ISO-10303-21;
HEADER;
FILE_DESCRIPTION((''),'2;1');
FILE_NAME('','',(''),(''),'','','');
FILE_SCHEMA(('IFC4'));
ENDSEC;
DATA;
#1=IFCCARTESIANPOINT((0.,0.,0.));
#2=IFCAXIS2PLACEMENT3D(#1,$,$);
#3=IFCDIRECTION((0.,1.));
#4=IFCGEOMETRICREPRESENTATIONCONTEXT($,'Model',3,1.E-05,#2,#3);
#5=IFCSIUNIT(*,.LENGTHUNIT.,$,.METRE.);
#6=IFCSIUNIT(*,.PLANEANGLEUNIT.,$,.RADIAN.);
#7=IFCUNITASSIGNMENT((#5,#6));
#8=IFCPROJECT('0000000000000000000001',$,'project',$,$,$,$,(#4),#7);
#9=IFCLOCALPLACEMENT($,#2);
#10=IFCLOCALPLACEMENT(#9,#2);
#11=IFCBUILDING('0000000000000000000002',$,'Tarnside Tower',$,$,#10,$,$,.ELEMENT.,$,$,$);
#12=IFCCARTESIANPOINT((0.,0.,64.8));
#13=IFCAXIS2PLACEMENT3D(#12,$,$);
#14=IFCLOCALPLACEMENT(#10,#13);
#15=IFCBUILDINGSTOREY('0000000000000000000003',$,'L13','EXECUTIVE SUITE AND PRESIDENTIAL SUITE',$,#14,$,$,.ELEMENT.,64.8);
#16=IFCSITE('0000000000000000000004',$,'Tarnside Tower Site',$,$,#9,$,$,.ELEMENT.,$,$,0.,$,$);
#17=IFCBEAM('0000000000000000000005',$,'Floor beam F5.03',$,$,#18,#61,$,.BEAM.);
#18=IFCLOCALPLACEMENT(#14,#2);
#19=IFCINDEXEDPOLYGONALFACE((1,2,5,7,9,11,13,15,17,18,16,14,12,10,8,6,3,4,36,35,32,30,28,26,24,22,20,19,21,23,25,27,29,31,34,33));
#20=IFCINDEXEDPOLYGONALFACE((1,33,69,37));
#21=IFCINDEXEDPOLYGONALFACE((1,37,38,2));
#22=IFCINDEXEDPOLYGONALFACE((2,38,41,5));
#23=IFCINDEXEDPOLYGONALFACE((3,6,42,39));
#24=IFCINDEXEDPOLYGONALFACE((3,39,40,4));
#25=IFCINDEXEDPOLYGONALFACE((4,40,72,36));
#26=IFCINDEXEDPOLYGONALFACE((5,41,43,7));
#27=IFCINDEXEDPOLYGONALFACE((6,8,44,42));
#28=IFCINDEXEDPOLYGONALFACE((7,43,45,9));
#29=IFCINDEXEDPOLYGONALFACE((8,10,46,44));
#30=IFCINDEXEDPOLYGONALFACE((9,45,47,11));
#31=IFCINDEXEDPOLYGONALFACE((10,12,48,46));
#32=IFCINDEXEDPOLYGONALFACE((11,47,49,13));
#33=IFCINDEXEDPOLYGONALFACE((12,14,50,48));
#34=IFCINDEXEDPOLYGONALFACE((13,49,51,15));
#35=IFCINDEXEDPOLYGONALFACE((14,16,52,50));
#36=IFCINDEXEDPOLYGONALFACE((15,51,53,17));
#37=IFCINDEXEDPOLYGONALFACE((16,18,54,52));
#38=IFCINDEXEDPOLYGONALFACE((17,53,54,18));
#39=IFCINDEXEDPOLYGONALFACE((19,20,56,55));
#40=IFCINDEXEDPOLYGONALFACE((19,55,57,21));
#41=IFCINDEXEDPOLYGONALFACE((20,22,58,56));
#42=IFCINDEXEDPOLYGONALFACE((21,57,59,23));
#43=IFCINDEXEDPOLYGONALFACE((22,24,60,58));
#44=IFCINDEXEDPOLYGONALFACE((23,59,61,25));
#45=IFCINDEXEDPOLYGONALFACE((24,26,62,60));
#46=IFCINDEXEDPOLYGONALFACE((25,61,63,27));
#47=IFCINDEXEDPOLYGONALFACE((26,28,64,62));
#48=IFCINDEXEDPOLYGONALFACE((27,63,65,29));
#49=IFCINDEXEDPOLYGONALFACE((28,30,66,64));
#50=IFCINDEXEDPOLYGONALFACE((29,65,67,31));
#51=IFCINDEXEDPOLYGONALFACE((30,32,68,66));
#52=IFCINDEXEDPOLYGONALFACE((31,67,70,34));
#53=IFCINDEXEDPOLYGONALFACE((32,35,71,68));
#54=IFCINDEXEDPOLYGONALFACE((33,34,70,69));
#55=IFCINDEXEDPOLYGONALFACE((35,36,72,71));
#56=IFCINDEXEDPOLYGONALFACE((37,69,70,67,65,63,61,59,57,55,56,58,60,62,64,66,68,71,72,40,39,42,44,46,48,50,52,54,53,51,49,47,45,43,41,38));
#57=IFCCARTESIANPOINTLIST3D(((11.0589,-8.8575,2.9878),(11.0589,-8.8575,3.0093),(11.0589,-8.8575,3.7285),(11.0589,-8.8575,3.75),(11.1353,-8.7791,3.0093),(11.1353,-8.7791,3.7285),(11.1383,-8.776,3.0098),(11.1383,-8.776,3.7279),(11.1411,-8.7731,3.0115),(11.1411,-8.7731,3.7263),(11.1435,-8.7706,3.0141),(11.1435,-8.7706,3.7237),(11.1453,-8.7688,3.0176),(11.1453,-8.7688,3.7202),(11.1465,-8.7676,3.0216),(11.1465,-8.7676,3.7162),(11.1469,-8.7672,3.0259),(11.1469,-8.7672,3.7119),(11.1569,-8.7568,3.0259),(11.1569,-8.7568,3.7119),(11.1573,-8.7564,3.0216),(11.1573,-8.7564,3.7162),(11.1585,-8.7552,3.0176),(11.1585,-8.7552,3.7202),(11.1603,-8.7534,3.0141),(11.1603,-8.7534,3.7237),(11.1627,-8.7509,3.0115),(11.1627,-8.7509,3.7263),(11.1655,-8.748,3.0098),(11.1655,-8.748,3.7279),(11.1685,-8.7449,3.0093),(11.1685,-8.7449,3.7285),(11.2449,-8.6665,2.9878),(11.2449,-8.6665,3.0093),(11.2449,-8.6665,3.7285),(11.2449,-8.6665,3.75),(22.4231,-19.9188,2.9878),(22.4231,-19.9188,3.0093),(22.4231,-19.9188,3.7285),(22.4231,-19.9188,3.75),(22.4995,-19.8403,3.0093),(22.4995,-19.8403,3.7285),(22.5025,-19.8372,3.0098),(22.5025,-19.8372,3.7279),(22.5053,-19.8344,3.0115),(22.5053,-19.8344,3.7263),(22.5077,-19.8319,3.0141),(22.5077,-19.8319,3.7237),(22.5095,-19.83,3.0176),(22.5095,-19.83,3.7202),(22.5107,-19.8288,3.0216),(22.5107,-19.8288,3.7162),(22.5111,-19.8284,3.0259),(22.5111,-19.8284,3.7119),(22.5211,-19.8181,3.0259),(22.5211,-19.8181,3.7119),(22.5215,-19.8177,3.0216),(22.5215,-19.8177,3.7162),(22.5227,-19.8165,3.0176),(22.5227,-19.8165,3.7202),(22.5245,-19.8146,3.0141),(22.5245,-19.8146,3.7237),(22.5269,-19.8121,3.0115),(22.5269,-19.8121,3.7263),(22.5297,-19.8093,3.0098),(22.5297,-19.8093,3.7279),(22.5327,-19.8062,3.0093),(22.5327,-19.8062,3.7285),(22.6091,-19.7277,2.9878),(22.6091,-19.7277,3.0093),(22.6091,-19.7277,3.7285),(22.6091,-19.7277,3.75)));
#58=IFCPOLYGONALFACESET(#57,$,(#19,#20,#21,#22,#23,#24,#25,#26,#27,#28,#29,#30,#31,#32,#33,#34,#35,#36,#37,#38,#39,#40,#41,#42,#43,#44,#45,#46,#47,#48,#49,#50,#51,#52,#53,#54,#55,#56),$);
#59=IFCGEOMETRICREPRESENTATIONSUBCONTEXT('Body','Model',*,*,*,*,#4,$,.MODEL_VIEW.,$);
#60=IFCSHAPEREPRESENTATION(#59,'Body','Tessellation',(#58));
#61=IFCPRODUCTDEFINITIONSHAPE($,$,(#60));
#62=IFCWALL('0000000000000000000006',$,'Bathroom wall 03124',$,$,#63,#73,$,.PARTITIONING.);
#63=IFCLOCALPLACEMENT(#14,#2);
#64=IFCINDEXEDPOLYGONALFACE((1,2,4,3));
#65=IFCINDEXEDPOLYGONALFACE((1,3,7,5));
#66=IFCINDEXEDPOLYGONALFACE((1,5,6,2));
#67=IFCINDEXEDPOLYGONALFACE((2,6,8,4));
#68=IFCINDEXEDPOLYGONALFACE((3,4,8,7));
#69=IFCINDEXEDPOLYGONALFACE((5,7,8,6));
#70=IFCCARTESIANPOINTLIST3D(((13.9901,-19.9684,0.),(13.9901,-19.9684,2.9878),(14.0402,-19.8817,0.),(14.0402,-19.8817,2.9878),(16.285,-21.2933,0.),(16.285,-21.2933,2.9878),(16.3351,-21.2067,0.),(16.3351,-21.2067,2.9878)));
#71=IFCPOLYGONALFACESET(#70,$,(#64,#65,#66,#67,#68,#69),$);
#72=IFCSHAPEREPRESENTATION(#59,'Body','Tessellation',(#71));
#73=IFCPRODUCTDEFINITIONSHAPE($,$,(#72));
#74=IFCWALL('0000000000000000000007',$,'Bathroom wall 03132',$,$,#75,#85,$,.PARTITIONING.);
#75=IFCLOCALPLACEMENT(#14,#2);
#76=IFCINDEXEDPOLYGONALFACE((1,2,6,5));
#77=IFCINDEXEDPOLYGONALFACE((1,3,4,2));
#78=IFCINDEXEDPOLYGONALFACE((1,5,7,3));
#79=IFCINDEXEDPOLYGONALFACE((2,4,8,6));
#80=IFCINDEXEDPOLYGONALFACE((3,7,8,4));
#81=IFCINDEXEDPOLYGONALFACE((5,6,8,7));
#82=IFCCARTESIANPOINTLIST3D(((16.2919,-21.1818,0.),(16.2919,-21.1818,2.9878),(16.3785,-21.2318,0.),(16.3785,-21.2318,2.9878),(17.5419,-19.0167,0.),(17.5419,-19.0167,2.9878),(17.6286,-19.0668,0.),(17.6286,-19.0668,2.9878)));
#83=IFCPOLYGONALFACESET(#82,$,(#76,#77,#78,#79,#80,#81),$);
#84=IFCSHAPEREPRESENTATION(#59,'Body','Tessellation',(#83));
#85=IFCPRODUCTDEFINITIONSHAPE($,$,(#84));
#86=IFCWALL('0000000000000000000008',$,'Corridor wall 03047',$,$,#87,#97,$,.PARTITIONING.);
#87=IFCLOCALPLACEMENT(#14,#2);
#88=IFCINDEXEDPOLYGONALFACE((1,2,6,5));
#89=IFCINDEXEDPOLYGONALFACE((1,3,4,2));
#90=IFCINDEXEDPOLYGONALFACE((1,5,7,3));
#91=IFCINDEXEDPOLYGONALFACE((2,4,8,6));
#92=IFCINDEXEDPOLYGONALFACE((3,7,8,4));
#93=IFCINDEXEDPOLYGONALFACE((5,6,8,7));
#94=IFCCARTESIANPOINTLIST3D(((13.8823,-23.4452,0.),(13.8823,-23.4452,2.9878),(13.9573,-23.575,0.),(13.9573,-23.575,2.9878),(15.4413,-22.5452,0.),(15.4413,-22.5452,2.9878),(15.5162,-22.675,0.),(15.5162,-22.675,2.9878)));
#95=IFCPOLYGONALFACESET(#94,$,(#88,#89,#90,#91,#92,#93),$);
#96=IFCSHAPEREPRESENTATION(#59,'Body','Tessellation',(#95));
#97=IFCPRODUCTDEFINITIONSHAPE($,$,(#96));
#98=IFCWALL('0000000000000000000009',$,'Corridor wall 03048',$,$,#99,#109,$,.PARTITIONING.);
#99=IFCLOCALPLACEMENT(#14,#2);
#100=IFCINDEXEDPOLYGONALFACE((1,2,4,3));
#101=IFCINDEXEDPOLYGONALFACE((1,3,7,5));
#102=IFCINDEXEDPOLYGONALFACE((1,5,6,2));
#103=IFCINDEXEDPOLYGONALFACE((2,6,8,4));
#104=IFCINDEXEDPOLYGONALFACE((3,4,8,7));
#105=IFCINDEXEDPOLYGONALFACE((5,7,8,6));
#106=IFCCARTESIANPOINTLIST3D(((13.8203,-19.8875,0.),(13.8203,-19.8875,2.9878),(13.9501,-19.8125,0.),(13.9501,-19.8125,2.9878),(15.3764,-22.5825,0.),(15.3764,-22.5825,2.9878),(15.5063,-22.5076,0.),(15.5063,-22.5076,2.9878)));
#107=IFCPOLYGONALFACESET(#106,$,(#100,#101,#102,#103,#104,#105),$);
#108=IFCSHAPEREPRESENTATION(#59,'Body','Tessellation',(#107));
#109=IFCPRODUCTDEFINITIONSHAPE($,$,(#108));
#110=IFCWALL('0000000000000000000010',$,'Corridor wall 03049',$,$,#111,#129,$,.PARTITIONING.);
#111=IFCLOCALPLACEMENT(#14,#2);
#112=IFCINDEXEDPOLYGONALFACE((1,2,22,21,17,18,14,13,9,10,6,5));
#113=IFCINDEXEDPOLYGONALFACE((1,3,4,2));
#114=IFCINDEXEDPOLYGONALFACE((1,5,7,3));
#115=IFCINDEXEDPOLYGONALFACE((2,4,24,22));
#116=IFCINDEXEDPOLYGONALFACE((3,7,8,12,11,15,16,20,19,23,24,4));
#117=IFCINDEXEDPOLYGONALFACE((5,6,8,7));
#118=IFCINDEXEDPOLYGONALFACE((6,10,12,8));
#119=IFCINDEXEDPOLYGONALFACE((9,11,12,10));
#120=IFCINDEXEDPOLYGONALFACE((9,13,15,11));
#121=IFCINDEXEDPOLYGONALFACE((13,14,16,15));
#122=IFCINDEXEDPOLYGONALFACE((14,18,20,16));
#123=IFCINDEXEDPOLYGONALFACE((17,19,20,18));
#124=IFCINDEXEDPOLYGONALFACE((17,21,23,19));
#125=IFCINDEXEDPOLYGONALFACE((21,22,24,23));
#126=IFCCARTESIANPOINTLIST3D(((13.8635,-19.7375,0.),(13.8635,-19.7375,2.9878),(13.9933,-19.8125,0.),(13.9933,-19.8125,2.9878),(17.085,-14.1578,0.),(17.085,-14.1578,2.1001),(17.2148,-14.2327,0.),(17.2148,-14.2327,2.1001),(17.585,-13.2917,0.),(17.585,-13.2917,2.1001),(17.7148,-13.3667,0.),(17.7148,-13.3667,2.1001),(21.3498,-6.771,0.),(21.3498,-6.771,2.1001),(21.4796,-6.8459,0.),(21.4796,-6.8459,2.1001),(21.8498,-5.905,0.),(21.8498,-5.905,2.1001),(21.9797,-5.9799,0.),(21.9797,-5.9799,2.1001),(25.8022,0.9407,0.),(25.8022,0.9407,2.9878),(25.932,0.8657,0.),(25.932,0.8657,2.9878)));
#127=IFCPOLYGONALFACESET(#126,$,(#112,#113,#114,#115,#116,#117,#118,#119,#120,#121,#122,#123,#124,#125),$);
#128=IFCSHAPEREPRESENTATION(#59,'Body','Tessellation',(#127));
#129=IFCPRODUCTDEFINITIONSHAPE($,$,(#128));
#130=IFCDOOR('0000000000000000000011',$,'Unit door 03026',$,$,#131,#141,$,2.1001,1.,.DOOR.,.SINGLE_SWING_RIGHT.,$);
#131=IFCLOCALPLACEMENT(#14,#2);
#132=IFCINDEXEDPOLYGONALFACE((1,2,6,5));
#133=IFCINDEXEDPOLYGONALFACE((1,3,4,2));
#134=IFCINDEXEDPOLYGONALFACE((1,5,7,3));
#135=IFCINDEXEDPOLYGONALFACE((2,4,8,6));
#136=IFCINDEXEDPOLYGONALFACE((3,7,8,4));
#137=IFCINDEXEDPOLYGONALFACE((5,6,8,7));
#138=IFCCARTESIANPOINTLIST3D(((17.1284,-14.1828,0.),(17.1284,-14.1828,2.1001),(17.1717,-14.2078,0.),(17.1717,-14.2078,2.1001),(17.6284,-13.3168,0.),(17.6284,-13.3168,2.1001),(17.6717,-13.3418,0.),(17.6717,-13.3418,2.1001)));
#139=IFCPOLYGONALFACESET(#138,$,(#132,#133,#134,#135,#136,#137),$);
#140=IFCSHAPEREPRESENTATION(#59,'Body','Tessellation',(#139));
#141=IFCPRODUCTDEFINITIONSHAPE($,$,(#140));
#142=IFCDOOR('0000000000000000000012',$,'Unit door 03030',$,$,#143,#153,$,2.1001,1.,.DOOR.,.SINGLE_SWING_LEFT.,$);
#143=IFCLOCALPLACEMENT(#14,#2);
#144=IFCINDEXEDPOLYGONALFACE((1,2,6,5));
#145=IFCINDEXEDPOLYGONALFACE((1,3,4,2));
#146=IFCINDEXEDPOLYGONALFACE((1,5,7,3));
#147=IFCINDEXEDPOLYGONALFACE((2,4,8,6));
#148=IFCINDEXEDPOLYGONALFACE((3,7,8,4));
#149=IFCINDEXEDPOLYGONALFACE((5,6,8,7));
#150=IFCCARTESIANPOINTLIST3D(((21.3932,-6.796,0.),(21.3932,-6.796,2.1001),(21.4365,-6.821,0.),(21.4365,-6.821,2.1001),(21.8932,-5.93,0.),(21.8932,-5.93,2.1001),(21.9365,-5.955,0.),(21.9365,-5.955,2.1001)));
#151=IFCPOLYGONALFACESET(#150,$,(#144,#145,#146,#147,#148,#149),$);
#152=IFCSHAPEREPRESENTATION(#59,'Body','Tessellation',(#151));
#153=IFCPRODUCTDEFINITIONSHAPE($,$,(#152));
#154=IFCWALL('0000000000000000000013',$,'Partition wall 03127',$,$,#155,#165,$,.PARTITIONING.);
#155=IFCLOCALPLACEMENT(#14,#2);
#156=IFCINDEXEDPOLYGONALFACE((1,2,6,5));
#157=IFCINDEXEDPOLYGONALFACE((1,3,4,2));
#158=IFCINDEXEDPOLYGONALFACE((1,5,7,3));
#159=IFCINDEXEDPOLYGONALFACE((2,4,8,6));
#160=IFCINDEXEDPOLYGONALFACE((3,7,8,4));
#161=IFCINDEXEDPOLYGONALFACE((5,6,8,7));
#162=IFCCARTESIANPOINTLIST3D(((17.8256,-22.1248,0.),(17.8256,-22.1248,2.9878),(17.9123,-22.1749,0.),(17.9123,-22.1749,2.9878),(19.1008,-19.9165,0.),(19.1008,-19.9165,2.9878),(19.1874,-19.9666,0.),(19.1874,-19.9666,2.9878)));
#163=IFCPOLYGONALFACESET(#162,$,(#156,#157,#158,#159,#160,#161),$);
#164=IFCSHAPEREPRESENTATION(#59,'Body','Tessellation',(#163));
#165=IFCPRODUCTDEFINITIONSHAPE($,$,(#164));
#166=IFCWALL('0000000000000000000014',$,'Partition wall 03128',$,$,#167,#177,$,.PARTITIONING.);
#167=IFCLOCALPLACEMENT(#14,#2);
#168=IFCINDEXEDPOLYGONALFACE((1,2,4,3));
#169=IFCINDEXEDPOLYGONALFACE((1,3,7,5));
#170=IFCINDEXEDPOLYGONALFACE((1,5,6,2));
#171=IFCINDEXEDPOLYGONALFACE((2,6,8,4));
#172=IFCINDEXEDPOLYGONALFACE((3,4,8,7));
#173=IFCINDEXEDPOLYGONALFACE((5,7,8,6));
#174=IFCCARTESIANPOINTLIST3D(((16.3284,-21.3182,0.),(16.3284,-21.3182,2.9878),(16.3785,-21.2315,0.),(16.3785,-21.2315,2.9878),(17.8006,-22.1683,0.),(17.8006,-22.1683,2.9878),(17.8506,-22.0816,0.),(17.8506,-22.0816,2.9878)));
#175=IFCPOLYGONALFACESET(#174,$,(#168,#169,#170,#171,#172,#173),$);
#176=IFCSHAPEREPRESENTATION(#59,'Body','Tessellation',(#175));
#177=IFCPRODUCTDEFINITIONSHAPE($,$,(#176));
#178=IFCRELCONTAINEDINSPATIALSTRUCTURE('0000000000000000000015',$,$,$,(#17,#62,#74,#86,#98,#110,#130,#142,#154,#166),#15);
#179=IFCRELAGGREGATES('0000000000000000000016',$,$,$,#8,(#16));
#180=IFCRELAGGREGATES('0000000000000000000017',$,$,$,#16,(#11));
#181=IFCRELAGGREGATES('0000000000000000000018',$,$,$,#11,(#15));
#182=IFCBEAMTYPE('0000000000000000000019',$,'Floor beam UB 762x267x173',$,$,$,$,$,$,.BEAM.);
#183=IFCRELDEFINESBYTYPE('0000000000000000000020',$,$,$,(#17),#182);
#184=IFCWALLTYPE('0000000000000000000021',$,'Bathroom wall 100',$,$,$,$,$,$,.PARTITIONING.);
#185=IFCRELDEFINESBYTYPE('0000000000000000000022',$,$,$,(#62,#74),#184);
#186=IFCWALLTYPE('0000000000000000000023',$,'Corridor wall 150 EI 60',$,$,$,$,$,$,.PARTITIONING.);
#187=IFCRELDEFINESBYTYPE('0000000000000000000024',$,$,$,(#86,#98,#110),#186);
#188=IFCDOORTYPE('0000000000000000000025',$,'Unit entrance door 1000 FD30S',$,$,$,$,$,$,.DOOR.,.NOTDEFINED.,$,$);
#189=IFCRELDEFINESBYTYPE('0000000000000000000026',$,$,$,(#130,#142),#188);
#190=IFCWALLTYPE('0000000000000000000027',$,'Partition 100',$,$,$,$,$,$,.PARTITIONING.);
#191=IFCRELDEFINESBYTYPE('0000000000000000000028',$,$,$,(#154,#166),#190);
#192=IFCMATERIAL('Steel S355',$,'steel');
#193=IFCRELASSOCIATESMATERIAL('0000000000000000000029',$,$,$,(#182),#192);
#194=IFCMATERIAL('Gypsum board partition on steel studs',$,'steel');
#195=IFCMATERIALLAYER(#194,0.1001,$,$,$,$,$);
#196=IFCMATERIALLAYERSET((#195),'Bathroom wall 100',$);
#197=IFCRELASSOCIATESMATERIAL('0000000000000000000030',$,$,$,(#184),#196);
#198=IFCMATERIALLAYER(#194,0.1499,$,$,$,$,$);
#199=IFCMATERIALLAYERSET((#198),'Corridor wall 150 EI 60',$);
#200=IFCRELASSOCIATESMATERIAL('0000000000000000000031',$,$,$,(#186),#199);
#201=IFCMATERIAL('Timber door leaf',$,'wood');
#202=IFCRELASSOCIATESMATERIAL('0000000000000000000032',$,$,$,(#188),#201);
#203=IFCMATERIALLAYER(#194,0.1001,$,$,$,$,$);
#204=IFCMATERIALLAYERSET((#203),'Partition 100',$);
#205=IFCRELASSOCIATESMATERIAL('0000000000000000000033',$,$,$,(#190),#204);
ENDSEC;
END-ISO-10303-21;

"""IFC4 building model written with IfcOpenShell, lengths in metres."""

from ifc_helpers import new_model, si_unit, direction, frame, frame_2d, origin, origin_2d, place, context, subcontext, project, spatial, rectangle, i_section, extrude, material, layer, layer_set, material_profile, profile_set, type_object, element, fill, save


model = new_model("IFC4")

# Units and contexts
model_context = context("Model", 3, precision=1e-05, world=origin(), true_north=direction((0.0, 1.0)))
body_context = subcontext(model_context, "Body", "Model", "MODEL_VIEW")
ifc_project = project(units=[si_unit("LENGTHUNIT", "METRE"), si_unit("PLANEANGLEUNIT", "RADIAN")], contexts=[model_context])

# Site, building, storey
site_placement = place(None, origin())
site = spatial("IfcSite", under=ifc_project, at=site_placement, Name="Tarnside Tower Site", CompositionType="ELEMENT", RefElevation=0.0)
building_placement = place(site_placement, origin())
building = spatial("IfcBuilding", under=site, at=building_placement, Name="Tarnside Tower", CompositionType="ELEMENT")
storey_placement = place(building_placement, frame((0.0, 0.0, 64.8)))
storey = spatial("IfcBuildingStorey", under=building, at=storey_placement, Name="L13", Description="EXECUTIVE SUITE AND PRESIDENTIAL SUITE", CompositionType="ELEMENT", Elevation=64.8)

# Beam
ifc_material_1 = material(Name="Steel S355", Category="steel")
ifc_material_profile = material_profile(ifc_material_1, i_section(OverallWidth=0.2666, OverallDepth=0.7622, WebThickness=0.0144, FlangeThickness=0.0215, FilletRadius=0.0166, at=origin_2d()), Name="UB 762x267x173")
ifc_profile_set = profile_set([ifc_material_profile], Name="Steel S355")
beam_type = type_object("IfcBeamType", Name="Floor beam UB 762x267x173", PredefinedType="BEAM", material=ifc_profile_set)
beam_1_placement = place(storey_placement, frame((22.5161, -19.8232, 3.3689), z_axis=(-0.716595, 0.69749, 0.0), x_axis=(-0.69749, -0.716595, 0.0)))
element("IfcBeam", 1, at=beam_1_placement, inside=storey, type_object=beam_type, Name="Floor beam F5.03", PredefinedType="BEAM", context=body_context, shape_type="SweptSolid", body=[
    extrude(i_section(OverallWidth=0.2666, OverallDepth=0.7622, WebThickness=0.0144, FlangeThickness=0.0215, FilletRadius=0.0166, at=origin_2d()), origin(), (0.0, 0.0, 1.0), 15.8586),
])

# Walls
ifc_material_2 = material(Name="Gypsum board partition on steel studs", Category="steel")
ifc_layer_1 = layer(ifc_material_2, 0.1001)
ifc_layer_set_1 = layer_set([ifc_layer_1], Name="Bathroom wall 100")
wall_type_1 = type_object("IfcWallType", Name="Bathroom wall 100", PredefinedType="PARTITIONING", material=ifc_layer_set_1)
wall_1_placement = place(storey_placement, frame((16.3101, -21.25, 0.0), z_axis=(0.0, 0.0, 1.0), x_axis=(-0.866029, 0.499994, 0.0)))
element("IfcWall", 2, at=wall_1_placement, inside=storey, type_object=wall_type_1, Name="Bathroom wall 03124", PredefinedType="PARTITIONING", context=body_context, shape_type="SweptSolid", body=[
    extrude(rectangle(XDim=2.6499, YDim=0.1001, at=frame_2d((1.325, 0.0))), origin(), (0.0, 0.0, 1.0), 2.9878),
])
wall_2_placement = place(storey_placement, frame((16.3352, -21.2068, 0.0), z_axis=(0.0, 0.0, 1.0), x_axis=(0.500004, 0.866023, 0.0)))
element("IfcWall", 3, at=wall_2_placement, inside=storey, type_object=wall_type_1, Name="Bathroom wall 03132", PredefinedType="PARTITIONING", context=body_context, shape_type="SweptSolid", body=[
    extrude(rectangle(XDim=2.5, YDim=0.1001, at=frame_2d((1.25, 0.0))), origin(), (0.0, 0.0, 1.0), 2.9878),
])
ifc_layer_2 = layer(ifc_material_2, 0.1499)
ifc_layer_set_2 = layer_set([ifc_layer_2], Name="Corridor wall 150 EI 60")
wall_type_2 = type_object("IfcWallType", Name="Corridor wall 150 EI 60", PredefinedType="PARTITIONING", material=ifc_layer_set_2)
wall_3_placement = place(storey_placement, frame((13.9199, -23.51, 0.0), z_axis=(0.0, 0.0, 1.0), x_axis=(0.866048, 0.499961, 0.0)))
element("IfcWall", 4, at=wall_3_placement, inside=storey, type_object=wall_type_2, Name="Corridor wall 03047", PredefinedType="PARTITIONING", context=body_context, shape_type="SweptSolid", body=[
    extrude(rectangle(XDim=1.8, YDim=0.1499, at=frame_2d((0.8999, 0.0))), origin(), (0.0, 0.0, 1.0), 2.9878),
])
wall_4_placement = place(storey_placement, frame((15.4414, -22.5452, 0.0), z_axis=(0.0, 0.0, 1.0), x_axis=(-0.500037, 0.866004, 0.0)))
element("IfcWall", 5, at=wall_4_placement, inside=storey, type_object=wall_type_2, Name="Corridor wall 03048", PredefinedType="PARTITIONING", context=body_context, shape_type="SweptSolid", body=[
    extrude(rectangle(XDim=3.1121, YDim=0.1499, at=frame_2d((1.5562, 0.0))), origin(), (0.0, 0.0, 1.0), 2.9878),
])

# Wall, openings, doors
wall_5_placement = place(storey_placement, frame((13.9285, -19.7749, 0.0), z_axis=(0.0, 0.0, 1.0), x_axis=(0.500005, 0.866023, 0.0)))
wall_5 = element("IfcWall", 6, at=wall_5_placement, inside=storey, type_object=wall_type_2, Name="Corridor wall 03049", PredefinedType="PARTITIONING", context=body_context, shape_type="SweptSolid", body=[
    extrude(rectangle(XDim=23.8772, YDim=0.1499, at=frame_2d((11.9385, 0.0))), origin(), (0.0, 0.0, 1.0), 2.9878),
])
opening_1_placement = place(wall_5_placement, frame((6.4429, 0.0, 0.0)))
opening_1 = element("IfcOpeningElement", 7, at=opening_1_placement, cuts=wall_5, PredefinedType="OPENING", context=body_context, shape_type="SweptSolid", body=[
    extrude(rectangle(XDim=1.0, YDim=2.1001, at=frame_2d((0.5, 1.05))), frame((0.0, 0.085, 0.0), z_axis=(0.0, -1.0, 0.0), x_axis=(1.0, 0.0, 0.0)), (0.0, 0.0, 1.0), 0.1699),
])
opening_2_placement = place(wall_5_placement, frame((14.9724, 0.0, 0.0)))
opening_2 = element("IfcOpeningElement", 8, at=opening_2_placement, cuts=wall_5, PredefinedType="OPENING", context=body_context, shape_type="SweptSolid", body=[
    extrude(rectangle(XDim=1.0, YDim=2.1001, at=frame_2d((0.5, 1.05))), frame((0.0, 0.085, 0.0), z_axis=(0.0, -1.0, 0.0), x_axis=(1.0, 0.0, 0.0)), (0.0, 0.0, 1.0), 0.1699),
])
ifc_material_3 = material(Name="Timber door leaf", Category="wood")
door_type = type_object("IfcDoorType", Name="Unit entrance door 1000 FD30S", OperationType="NOTDEFINED", PredefinedType="DOOR", material=ifc_material_3)
door_1_placement = place(opening_1_placement, origin())
door_1 = element("IfcDoor", 9, at=door_1_placement, inside=storey, type_object=door_type, Name="Unit door 03026", OperationType="SINGLE_SWING_RIGHT", OverallHeight=2.1001, OverallWidth=1.0, PredefinedType="DOOR", context=body_context, shape_type="SweptSolid", body=[
    extrude(rectangle(XDim=1.0, YDim=2.1001, at=frame_2d((0.5, 1.05))), frame((0.0, 0.0249, 0.0), z_axis=(0.0, -1.0, 0.0), x_axis=(1.0, 0.0, 0.0)), (0.0, 0.0, 1.0), 0.05),
])
fill(opening_1, door_1)
door_2_placement = place(opening_2_placement, origin())
door_2 = element("IfcDoor", 10, at=door_2_placement, inside=storey, type_object=door_type, Name="Unit door 03030", OperationType="SINGLE_SWING_LEFT", OverallHeight=2.1001, OverallWidth=1.0, PredefinedType="DOOR", context=body_context, shape_type="SweptSolid", body=[
    extrude(rectangle(XDim=1.0, YDim=2.1001, at=frame_2d((0.5, 1.05))), frame((0.0, 0.0249, 0.0), z_axis=(0.0, -1.0, 0.0), x_axis=(1.0, 0.0, 0.0)), (0.0, 0.0, 1.0), 0.05),
])
fill(opening_2, door_2)

# Walls
ifc_layer_3 = layer(ifc_material_2, 0.1001)
ifc_layer_set_3 = layer_set([ifc_layer_3], Name="Partition 100")
wall_type_3 = type_object("IfcWallType", Name="Partition 100", PredefinedType="PARTITIONING", material=ifc_layer_set_3)
wall_6_placement = place(storey_placement, frame((19.144, -19.9417, 0.0), z_axis=(0.0, 0.0, 1.0), x_axis=(-0.500062, -0.865989, 0.0)))
element("IfcWall", 11, at=wall_6_placement, inside=storey, type_object=wall_type_3, Name="Partition wall 03127", PredefinedType="PARTITIONING", context=body_context, shape_type="SweptSolid", body=[
    extrude(rectangle(XDim=2.55, YDim=0.1001, at=frame_2d((1.2749, 0.0))), origin(), (0.0, 0.0, 1.0), 2.9878),
])
wall_7_placement = place(storey_placement, frame((17.8257, -22.125, 0.0), z_axis=(0.0, 0.0, 1.0), x_axis=(-0.865989, 0.500062, 0.0)))
element("IfcWall", 12, at=wall_7_placement, inside=storey, type_object=wall_type_3, Name="Partition wall 03128", PredefinedType="PARTITIONING", context=body_context, shape_type="SweptSolid", body=[
    extrude(rectangle(XDim=1.7, YDim=0.1001, at=frame_2d((0.8501, 0.0))), origin(), (0.0, 0.0, 1.0), 2.9878),
])

save(model, "model.ifc")
